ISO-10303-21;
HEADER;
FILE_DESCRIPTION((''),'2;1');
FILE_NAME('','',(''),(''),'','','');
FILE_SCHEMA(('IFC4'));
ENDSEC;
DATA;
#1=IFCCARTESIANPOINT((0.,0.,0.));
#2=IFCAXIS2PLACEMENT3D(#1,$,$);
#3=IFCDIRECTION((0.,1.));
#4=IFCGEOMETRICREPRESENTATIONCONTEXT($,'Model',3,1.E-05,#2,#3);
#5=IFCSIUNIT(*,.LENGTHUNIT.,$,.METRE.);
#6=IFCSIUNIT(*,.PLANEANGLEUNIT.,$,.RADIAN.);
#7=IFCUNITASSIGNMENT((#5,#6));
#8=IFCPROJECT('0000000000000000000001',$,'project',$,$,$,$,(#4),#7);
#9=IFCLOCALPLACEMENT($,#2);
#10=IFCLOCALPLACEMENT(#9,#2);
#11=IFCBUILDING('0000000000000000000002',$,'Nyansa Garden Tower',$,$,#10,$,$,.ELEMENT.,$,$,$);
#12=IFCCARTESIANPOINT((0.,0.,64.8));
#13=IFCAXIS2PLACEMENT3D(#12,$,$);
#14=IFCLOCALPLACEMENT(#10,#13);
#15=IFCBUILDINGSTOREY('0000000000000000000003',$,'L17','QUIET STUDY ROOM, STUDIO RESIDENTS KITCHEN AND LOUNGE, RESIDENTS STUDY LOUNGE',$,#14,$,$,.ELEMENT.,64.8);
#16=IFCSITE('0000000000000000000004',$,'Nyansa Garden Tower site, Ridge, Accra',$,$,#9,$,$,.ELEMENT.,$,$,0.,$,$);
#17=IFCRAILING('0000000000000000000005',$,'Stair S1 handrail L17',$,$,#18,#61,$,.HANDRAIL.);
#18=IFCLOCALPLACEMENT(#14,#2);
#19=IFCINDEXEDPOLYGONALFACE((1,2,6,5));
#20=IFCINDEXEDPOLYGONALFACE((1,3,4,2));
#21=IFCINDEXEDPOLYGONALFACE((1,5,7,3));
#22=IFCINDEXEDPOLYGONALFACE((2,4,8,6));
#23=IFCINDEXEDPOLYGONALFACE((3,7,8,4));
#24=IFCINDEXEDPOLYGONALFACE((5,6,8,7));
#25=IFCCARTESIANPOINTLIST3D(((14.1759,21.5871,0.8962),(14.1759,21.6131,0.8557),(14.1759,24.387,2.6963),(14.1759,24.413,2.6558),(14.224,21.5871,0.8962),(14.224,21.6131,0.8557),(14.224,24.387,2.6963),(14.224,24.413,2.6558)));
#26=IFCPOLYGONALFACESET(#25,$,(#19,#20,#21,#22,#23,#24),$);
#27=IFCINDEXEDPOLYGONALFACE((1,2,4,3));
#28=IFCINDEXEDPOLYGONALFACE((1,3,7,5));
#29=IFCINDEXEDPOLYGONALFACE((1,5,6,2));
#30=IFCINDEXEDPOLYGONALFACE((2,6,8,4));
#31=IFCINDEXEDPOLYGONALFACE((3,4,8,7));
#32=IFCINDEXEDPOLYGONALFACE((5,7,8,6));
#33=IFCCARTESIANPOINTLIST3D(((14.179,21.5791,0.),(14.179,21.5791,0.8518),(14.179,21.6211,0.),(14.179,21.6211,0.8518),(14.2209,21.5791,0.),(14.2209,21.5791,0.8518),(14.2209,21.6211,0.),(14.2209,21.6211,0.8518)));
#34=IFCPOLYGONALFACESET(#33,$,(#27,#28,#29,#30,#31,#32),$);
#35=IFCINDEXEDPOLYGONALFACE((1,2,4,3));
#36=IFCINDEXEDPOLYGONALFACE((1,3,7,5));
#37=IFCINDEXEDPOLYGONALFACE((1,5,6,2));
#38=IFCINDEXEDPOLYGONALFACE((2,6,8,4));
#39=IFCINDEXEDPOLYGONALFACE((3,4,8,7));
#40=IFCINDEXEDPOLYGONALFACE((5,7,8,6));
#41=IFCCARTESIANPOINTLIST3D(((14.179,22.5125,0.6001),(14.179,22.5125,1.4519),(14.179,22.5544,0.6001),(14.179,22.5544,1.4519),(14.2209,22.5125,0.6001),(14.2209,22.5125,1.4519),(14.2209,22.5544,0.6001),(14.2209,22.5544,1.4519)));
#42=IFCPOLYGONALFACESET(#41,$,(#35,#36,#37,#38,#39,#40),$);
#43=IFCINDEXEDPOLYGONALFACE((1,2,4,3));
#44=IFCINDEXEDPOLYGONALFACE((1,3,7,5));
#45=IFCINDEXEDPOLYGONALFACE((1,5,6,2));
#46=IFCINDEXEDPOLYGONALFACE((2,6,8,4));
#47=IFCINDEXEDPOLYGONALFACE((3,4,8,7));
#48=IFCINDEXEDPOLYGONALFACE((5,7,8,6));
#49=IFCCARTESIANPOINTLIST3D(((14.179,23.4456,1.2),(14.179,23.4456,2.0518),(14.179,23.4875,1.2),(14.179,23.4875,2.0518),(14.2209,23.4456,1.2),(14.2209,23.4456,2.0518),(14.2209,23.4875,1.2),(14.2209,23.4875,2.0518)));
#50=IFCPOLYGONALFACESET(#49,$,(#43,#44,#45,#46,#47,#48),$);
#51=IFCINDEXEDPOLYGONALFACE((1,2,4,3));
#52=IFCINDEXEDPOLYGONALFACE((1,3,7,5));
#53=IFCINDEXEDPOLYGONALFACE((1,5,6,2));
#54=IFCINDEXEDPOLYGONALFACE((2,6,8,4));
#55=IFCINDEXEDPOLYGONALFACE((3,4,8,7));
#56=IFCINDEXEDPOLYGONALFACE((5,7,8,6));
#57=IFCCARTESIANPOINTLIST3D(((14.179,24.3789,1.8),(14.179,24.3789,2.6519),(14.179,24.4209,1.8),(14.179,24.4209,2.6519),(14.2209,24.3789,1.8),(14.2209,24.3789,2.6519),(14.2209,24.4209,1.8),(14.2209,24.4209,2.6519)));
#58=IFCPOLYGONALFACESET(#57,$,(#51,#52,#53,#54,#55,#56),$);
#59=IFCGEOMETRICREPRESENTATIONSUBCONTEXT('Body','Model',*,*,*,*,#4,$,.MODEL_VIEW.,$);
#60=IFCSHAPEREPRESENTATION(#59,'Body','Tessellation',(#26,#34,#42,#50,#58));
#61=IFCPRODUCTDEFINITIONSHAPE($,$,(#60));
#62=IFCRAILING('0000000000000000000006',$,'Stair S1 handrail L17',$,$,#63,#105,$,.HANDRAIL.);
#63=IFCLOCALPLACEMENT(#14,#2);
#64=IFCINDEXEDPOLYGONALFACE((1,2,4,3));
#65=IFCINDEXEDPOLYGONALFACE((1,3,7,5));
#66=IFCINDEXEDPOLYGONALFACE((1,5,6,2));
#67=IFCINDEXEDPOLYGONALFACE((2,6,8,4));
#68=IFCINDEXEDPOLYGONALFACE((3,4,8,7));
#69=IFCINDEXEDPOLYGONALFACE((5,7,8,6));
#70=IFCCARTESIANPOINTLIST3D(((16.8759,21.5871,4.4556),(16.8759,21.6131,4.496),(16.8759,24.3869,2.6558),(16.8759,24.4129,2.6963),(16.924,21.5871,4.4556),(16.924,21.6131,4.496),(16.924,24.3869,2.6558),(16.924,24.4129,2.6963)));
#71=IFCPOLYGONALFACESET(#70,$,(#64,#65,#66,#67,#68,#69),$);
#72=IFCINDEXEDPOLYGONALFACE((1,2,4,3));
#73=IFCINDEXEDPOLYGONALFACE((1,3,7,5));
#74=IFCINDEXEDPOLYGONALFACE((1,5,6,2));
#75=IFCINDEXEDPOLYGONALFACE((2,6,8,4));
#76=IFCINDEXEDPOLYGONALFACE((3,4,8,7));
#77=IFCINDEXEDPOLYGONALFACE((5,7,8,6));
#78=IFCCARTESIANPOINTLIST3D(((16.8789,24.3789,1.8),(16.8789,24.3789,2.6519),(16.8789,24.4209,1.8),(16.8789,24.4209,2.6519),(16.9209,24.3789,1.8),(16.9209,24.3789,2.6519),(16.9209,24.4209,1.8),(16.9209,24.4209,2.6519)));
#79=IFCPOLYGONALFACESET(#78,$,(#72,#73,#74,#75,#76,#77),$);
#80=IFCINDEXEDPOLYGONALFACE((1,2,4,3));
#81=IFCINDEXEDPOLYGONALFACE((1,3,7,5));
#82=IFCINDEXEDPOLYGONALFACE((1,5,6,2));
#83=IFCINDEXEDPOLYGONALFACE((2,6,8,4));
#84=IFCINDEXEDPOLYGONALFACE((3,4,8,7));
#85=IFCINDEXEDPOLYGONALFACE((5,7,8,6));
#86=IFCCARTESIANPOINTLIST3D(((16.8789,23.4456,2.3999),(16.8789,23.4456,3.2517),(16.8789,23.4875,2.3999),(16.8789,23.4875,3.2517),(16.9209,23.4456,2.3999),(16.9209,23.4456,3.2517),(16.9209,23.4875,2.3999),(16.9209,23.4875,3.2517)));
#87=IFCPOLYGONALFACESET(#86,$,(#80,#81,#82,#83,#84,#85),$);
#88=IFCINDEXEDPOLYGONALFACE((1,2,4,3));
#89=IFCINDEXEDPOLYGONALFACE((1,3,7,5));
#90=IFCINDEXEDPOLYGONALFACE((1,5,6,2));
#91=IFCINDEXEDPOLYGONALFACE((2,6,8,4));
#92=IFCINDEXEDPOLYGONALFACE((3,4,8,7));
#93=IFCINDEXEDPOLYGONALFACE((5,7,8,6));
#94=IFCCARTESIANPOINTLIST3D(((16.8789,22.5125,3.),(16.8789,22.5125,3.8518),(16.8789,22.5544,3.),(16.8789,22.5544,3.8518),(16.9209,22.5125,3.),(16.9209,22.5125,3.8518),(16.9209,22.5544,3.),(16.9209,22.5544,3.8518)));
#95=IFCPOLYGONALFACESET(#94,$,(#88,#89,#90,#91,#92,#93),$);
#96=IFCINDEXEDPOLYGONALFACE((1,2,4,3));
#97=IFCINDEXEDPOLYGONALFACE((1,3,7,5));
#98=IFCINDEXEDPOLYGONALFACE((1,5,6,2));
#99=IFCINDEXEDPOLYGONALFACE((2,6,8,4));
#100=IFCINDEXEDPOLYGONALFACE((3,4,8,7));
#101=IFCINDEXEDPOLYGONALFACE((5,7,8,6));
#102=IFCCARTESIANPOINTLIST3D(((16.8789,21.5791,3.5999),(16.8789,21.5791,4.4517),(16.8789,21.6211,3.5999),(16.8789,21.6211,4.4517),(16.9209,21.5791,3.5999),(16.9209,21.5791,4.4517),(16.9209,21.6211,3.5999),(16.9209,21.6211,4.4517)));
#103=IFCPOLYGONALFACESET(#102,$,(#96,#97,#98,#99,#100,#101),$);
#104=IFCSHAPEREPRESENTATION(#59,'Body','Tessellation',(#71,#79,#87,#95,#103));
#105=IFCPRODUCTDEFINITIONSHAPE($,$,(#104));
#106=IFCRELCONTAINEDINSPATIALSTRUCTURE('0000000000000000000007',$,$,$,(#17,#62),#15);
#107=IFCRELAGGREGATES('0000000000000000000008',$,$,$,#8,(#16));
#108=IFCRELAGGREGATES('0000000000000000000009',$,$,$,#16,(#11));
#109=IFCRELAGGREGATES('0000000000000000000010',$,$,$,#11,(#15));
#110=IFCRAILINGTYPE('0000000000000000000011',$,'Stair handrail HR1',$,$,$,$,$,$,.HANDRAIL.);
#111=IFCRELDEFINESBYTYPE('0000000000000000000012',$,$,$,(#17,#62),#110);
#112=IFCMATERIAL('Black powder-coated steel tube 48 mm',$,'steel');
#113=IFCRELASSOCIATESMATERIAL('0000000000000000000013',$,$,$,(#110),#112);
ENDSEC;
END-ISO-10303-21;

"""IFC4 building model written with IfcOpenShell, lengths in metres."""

from ifc_helpers import new_model, si_unit, direction, frame, origin, origin_2d, place, context, subcontext, project, spatial, rectangle, extrude, material, type_object, element, save


model = new_model("IFC4")

# Units and contexts
model_context = context("Model", 3, precision=1e-05, world=origin(), true_north=direction((0.0, 1.0)))
body_context = subcontext(model_context, "Body", "Model", "MODEL_VIEW")
ifc_project = project(units=[si_unit("LENGTHUNIT", "METRE"), si_unit("PLANEANGLEUNIT", "RADIAN")], contexts=[model_context])

# Site, building, storey
site_placement = place(None, origin())
site = spatial("IfcSite", under=ifc_project, at=site_placement, Name="Nyansa Garden Tower site, Ridge, Accra", CompositionType="ELEMENT", RefElevation=0.0)
building_placement = place(site_placement, origin())
building = spatial("IfcBuilding", under=site, at=building_placement, Name="Nyansa Garden Tower", CompositionType="ELEMENT")
storey_placement = place(building_placement, frame((0.0, 0.0, 64.8)))
storey = spatial("IfcBuildingStorey", under=building, at=storey_placement, Name="L17", Description="QUIET STUDY ROOM, STUDIO RESIDENTS KITCHEN AND LOUNGE, RESIDENTS STUDY LOUNGE", CompositionType="ELEMENT", Elevation=64.8)

# Railings
ifc_material_1 = material(Name="Black powder-coated steel tube 48 mm", Category="steel")
railing_type = type_object("IfcRailingType", Name="Stair handrail HR1", PredefinedType="HANDRAIL", material=ifc_material_1)
railing_1_placement = place(storey_placement, frame((14.2, 21.6001, 0.0)))
element("IfcRailing", 1, at=railing_1_placement, inside=storey, type_object=railing_type, Name="Stair S1 handrail L17", PredefinedType="HANDRAIL", context=body_context, shape_type="SweptSolid", body=[
    extrude(rectangle(XDim=0.0481, YDim=0.0481, at=origin_2d()), frame((0.0, 0.0, 0.876), z_axis=(0.0, 0.841155, 0.540795), x_axis=(-1.0, 0.0, 0.0)), (0.0, 0.0, 1.0), 3.3286),
    extrude(rectangle(XDim=0.042, YDim=0.042, at=origin_2d()), origin(), (0.0, 0.0, 1.0), 0.8518),
    extrude(rectangle(XDim=0.042, YDim=0.042, at=origin_2d()), frame((0.0, 0.9333, 0.6001)), (0.0, 0.0, 1.0), 0.8518),
    extrude(rectangle(XDim=0.042, YDim=0.042, at=origin_2d()), frame((0.0, 1.8665, 1.2)), (0.0, 0.0, 1.0), 0.8518),
    extrude(rectangle(XDim=0.042, YDim=0.042, at=origin_2d()), frame((0.0, 2.7998, 1.8)), (0.0, 0.0, 1.0), 0.8518),
])
railing_2_placement = place(storey_placement, frame((16.8999, 24.3999, 1.8)))
element("IfcRailing", 2, at=railing_2_placement, inside=storey, type_object=railing_type, Name="Stair S1 handrail L17", PredefinedType="HANDRAIL", context=body_context, shape_type="SweptSolid", body=[
    extrude(rectangle(XDim=0.0481, YDim=0.0481, at=origin_2d()), frame((0.0, 0.0, 0.876), z_axis=(0.0, -0.841188, 0.540743), x_axis=(1.0, 0.0, 0.0)), (0.0, 0.0, 1.0), 3.3284),
    extrude(rectangle(XDim=0.042, YDim=0.042, at=origin_2d()), origin(), (0.0, 0.0, 1.0), 0.8518),
    extrude(rectangle(XDim=0.042, YDim=0.042, at=origin_2d()), frame((0.0, -0.9333, 0.5999)), (0.0, 0.0, 1.0), 0.8518),
    extrude(rectangle(XDim=0.042, YDim=0.042, at=origin_2d()), frame((0.0, -1.8665, 1.2)), (0.0, 0.0, 1.0), 0.8518),
    extrude(rectangle(XDim=0.042, YDim=0.042, at=origin_2d()), frame((0.0, -2.7998, 1.7998)), (0.0, 0.0, 1.0), 0.8518),
])

save(model, "model.ifc")
